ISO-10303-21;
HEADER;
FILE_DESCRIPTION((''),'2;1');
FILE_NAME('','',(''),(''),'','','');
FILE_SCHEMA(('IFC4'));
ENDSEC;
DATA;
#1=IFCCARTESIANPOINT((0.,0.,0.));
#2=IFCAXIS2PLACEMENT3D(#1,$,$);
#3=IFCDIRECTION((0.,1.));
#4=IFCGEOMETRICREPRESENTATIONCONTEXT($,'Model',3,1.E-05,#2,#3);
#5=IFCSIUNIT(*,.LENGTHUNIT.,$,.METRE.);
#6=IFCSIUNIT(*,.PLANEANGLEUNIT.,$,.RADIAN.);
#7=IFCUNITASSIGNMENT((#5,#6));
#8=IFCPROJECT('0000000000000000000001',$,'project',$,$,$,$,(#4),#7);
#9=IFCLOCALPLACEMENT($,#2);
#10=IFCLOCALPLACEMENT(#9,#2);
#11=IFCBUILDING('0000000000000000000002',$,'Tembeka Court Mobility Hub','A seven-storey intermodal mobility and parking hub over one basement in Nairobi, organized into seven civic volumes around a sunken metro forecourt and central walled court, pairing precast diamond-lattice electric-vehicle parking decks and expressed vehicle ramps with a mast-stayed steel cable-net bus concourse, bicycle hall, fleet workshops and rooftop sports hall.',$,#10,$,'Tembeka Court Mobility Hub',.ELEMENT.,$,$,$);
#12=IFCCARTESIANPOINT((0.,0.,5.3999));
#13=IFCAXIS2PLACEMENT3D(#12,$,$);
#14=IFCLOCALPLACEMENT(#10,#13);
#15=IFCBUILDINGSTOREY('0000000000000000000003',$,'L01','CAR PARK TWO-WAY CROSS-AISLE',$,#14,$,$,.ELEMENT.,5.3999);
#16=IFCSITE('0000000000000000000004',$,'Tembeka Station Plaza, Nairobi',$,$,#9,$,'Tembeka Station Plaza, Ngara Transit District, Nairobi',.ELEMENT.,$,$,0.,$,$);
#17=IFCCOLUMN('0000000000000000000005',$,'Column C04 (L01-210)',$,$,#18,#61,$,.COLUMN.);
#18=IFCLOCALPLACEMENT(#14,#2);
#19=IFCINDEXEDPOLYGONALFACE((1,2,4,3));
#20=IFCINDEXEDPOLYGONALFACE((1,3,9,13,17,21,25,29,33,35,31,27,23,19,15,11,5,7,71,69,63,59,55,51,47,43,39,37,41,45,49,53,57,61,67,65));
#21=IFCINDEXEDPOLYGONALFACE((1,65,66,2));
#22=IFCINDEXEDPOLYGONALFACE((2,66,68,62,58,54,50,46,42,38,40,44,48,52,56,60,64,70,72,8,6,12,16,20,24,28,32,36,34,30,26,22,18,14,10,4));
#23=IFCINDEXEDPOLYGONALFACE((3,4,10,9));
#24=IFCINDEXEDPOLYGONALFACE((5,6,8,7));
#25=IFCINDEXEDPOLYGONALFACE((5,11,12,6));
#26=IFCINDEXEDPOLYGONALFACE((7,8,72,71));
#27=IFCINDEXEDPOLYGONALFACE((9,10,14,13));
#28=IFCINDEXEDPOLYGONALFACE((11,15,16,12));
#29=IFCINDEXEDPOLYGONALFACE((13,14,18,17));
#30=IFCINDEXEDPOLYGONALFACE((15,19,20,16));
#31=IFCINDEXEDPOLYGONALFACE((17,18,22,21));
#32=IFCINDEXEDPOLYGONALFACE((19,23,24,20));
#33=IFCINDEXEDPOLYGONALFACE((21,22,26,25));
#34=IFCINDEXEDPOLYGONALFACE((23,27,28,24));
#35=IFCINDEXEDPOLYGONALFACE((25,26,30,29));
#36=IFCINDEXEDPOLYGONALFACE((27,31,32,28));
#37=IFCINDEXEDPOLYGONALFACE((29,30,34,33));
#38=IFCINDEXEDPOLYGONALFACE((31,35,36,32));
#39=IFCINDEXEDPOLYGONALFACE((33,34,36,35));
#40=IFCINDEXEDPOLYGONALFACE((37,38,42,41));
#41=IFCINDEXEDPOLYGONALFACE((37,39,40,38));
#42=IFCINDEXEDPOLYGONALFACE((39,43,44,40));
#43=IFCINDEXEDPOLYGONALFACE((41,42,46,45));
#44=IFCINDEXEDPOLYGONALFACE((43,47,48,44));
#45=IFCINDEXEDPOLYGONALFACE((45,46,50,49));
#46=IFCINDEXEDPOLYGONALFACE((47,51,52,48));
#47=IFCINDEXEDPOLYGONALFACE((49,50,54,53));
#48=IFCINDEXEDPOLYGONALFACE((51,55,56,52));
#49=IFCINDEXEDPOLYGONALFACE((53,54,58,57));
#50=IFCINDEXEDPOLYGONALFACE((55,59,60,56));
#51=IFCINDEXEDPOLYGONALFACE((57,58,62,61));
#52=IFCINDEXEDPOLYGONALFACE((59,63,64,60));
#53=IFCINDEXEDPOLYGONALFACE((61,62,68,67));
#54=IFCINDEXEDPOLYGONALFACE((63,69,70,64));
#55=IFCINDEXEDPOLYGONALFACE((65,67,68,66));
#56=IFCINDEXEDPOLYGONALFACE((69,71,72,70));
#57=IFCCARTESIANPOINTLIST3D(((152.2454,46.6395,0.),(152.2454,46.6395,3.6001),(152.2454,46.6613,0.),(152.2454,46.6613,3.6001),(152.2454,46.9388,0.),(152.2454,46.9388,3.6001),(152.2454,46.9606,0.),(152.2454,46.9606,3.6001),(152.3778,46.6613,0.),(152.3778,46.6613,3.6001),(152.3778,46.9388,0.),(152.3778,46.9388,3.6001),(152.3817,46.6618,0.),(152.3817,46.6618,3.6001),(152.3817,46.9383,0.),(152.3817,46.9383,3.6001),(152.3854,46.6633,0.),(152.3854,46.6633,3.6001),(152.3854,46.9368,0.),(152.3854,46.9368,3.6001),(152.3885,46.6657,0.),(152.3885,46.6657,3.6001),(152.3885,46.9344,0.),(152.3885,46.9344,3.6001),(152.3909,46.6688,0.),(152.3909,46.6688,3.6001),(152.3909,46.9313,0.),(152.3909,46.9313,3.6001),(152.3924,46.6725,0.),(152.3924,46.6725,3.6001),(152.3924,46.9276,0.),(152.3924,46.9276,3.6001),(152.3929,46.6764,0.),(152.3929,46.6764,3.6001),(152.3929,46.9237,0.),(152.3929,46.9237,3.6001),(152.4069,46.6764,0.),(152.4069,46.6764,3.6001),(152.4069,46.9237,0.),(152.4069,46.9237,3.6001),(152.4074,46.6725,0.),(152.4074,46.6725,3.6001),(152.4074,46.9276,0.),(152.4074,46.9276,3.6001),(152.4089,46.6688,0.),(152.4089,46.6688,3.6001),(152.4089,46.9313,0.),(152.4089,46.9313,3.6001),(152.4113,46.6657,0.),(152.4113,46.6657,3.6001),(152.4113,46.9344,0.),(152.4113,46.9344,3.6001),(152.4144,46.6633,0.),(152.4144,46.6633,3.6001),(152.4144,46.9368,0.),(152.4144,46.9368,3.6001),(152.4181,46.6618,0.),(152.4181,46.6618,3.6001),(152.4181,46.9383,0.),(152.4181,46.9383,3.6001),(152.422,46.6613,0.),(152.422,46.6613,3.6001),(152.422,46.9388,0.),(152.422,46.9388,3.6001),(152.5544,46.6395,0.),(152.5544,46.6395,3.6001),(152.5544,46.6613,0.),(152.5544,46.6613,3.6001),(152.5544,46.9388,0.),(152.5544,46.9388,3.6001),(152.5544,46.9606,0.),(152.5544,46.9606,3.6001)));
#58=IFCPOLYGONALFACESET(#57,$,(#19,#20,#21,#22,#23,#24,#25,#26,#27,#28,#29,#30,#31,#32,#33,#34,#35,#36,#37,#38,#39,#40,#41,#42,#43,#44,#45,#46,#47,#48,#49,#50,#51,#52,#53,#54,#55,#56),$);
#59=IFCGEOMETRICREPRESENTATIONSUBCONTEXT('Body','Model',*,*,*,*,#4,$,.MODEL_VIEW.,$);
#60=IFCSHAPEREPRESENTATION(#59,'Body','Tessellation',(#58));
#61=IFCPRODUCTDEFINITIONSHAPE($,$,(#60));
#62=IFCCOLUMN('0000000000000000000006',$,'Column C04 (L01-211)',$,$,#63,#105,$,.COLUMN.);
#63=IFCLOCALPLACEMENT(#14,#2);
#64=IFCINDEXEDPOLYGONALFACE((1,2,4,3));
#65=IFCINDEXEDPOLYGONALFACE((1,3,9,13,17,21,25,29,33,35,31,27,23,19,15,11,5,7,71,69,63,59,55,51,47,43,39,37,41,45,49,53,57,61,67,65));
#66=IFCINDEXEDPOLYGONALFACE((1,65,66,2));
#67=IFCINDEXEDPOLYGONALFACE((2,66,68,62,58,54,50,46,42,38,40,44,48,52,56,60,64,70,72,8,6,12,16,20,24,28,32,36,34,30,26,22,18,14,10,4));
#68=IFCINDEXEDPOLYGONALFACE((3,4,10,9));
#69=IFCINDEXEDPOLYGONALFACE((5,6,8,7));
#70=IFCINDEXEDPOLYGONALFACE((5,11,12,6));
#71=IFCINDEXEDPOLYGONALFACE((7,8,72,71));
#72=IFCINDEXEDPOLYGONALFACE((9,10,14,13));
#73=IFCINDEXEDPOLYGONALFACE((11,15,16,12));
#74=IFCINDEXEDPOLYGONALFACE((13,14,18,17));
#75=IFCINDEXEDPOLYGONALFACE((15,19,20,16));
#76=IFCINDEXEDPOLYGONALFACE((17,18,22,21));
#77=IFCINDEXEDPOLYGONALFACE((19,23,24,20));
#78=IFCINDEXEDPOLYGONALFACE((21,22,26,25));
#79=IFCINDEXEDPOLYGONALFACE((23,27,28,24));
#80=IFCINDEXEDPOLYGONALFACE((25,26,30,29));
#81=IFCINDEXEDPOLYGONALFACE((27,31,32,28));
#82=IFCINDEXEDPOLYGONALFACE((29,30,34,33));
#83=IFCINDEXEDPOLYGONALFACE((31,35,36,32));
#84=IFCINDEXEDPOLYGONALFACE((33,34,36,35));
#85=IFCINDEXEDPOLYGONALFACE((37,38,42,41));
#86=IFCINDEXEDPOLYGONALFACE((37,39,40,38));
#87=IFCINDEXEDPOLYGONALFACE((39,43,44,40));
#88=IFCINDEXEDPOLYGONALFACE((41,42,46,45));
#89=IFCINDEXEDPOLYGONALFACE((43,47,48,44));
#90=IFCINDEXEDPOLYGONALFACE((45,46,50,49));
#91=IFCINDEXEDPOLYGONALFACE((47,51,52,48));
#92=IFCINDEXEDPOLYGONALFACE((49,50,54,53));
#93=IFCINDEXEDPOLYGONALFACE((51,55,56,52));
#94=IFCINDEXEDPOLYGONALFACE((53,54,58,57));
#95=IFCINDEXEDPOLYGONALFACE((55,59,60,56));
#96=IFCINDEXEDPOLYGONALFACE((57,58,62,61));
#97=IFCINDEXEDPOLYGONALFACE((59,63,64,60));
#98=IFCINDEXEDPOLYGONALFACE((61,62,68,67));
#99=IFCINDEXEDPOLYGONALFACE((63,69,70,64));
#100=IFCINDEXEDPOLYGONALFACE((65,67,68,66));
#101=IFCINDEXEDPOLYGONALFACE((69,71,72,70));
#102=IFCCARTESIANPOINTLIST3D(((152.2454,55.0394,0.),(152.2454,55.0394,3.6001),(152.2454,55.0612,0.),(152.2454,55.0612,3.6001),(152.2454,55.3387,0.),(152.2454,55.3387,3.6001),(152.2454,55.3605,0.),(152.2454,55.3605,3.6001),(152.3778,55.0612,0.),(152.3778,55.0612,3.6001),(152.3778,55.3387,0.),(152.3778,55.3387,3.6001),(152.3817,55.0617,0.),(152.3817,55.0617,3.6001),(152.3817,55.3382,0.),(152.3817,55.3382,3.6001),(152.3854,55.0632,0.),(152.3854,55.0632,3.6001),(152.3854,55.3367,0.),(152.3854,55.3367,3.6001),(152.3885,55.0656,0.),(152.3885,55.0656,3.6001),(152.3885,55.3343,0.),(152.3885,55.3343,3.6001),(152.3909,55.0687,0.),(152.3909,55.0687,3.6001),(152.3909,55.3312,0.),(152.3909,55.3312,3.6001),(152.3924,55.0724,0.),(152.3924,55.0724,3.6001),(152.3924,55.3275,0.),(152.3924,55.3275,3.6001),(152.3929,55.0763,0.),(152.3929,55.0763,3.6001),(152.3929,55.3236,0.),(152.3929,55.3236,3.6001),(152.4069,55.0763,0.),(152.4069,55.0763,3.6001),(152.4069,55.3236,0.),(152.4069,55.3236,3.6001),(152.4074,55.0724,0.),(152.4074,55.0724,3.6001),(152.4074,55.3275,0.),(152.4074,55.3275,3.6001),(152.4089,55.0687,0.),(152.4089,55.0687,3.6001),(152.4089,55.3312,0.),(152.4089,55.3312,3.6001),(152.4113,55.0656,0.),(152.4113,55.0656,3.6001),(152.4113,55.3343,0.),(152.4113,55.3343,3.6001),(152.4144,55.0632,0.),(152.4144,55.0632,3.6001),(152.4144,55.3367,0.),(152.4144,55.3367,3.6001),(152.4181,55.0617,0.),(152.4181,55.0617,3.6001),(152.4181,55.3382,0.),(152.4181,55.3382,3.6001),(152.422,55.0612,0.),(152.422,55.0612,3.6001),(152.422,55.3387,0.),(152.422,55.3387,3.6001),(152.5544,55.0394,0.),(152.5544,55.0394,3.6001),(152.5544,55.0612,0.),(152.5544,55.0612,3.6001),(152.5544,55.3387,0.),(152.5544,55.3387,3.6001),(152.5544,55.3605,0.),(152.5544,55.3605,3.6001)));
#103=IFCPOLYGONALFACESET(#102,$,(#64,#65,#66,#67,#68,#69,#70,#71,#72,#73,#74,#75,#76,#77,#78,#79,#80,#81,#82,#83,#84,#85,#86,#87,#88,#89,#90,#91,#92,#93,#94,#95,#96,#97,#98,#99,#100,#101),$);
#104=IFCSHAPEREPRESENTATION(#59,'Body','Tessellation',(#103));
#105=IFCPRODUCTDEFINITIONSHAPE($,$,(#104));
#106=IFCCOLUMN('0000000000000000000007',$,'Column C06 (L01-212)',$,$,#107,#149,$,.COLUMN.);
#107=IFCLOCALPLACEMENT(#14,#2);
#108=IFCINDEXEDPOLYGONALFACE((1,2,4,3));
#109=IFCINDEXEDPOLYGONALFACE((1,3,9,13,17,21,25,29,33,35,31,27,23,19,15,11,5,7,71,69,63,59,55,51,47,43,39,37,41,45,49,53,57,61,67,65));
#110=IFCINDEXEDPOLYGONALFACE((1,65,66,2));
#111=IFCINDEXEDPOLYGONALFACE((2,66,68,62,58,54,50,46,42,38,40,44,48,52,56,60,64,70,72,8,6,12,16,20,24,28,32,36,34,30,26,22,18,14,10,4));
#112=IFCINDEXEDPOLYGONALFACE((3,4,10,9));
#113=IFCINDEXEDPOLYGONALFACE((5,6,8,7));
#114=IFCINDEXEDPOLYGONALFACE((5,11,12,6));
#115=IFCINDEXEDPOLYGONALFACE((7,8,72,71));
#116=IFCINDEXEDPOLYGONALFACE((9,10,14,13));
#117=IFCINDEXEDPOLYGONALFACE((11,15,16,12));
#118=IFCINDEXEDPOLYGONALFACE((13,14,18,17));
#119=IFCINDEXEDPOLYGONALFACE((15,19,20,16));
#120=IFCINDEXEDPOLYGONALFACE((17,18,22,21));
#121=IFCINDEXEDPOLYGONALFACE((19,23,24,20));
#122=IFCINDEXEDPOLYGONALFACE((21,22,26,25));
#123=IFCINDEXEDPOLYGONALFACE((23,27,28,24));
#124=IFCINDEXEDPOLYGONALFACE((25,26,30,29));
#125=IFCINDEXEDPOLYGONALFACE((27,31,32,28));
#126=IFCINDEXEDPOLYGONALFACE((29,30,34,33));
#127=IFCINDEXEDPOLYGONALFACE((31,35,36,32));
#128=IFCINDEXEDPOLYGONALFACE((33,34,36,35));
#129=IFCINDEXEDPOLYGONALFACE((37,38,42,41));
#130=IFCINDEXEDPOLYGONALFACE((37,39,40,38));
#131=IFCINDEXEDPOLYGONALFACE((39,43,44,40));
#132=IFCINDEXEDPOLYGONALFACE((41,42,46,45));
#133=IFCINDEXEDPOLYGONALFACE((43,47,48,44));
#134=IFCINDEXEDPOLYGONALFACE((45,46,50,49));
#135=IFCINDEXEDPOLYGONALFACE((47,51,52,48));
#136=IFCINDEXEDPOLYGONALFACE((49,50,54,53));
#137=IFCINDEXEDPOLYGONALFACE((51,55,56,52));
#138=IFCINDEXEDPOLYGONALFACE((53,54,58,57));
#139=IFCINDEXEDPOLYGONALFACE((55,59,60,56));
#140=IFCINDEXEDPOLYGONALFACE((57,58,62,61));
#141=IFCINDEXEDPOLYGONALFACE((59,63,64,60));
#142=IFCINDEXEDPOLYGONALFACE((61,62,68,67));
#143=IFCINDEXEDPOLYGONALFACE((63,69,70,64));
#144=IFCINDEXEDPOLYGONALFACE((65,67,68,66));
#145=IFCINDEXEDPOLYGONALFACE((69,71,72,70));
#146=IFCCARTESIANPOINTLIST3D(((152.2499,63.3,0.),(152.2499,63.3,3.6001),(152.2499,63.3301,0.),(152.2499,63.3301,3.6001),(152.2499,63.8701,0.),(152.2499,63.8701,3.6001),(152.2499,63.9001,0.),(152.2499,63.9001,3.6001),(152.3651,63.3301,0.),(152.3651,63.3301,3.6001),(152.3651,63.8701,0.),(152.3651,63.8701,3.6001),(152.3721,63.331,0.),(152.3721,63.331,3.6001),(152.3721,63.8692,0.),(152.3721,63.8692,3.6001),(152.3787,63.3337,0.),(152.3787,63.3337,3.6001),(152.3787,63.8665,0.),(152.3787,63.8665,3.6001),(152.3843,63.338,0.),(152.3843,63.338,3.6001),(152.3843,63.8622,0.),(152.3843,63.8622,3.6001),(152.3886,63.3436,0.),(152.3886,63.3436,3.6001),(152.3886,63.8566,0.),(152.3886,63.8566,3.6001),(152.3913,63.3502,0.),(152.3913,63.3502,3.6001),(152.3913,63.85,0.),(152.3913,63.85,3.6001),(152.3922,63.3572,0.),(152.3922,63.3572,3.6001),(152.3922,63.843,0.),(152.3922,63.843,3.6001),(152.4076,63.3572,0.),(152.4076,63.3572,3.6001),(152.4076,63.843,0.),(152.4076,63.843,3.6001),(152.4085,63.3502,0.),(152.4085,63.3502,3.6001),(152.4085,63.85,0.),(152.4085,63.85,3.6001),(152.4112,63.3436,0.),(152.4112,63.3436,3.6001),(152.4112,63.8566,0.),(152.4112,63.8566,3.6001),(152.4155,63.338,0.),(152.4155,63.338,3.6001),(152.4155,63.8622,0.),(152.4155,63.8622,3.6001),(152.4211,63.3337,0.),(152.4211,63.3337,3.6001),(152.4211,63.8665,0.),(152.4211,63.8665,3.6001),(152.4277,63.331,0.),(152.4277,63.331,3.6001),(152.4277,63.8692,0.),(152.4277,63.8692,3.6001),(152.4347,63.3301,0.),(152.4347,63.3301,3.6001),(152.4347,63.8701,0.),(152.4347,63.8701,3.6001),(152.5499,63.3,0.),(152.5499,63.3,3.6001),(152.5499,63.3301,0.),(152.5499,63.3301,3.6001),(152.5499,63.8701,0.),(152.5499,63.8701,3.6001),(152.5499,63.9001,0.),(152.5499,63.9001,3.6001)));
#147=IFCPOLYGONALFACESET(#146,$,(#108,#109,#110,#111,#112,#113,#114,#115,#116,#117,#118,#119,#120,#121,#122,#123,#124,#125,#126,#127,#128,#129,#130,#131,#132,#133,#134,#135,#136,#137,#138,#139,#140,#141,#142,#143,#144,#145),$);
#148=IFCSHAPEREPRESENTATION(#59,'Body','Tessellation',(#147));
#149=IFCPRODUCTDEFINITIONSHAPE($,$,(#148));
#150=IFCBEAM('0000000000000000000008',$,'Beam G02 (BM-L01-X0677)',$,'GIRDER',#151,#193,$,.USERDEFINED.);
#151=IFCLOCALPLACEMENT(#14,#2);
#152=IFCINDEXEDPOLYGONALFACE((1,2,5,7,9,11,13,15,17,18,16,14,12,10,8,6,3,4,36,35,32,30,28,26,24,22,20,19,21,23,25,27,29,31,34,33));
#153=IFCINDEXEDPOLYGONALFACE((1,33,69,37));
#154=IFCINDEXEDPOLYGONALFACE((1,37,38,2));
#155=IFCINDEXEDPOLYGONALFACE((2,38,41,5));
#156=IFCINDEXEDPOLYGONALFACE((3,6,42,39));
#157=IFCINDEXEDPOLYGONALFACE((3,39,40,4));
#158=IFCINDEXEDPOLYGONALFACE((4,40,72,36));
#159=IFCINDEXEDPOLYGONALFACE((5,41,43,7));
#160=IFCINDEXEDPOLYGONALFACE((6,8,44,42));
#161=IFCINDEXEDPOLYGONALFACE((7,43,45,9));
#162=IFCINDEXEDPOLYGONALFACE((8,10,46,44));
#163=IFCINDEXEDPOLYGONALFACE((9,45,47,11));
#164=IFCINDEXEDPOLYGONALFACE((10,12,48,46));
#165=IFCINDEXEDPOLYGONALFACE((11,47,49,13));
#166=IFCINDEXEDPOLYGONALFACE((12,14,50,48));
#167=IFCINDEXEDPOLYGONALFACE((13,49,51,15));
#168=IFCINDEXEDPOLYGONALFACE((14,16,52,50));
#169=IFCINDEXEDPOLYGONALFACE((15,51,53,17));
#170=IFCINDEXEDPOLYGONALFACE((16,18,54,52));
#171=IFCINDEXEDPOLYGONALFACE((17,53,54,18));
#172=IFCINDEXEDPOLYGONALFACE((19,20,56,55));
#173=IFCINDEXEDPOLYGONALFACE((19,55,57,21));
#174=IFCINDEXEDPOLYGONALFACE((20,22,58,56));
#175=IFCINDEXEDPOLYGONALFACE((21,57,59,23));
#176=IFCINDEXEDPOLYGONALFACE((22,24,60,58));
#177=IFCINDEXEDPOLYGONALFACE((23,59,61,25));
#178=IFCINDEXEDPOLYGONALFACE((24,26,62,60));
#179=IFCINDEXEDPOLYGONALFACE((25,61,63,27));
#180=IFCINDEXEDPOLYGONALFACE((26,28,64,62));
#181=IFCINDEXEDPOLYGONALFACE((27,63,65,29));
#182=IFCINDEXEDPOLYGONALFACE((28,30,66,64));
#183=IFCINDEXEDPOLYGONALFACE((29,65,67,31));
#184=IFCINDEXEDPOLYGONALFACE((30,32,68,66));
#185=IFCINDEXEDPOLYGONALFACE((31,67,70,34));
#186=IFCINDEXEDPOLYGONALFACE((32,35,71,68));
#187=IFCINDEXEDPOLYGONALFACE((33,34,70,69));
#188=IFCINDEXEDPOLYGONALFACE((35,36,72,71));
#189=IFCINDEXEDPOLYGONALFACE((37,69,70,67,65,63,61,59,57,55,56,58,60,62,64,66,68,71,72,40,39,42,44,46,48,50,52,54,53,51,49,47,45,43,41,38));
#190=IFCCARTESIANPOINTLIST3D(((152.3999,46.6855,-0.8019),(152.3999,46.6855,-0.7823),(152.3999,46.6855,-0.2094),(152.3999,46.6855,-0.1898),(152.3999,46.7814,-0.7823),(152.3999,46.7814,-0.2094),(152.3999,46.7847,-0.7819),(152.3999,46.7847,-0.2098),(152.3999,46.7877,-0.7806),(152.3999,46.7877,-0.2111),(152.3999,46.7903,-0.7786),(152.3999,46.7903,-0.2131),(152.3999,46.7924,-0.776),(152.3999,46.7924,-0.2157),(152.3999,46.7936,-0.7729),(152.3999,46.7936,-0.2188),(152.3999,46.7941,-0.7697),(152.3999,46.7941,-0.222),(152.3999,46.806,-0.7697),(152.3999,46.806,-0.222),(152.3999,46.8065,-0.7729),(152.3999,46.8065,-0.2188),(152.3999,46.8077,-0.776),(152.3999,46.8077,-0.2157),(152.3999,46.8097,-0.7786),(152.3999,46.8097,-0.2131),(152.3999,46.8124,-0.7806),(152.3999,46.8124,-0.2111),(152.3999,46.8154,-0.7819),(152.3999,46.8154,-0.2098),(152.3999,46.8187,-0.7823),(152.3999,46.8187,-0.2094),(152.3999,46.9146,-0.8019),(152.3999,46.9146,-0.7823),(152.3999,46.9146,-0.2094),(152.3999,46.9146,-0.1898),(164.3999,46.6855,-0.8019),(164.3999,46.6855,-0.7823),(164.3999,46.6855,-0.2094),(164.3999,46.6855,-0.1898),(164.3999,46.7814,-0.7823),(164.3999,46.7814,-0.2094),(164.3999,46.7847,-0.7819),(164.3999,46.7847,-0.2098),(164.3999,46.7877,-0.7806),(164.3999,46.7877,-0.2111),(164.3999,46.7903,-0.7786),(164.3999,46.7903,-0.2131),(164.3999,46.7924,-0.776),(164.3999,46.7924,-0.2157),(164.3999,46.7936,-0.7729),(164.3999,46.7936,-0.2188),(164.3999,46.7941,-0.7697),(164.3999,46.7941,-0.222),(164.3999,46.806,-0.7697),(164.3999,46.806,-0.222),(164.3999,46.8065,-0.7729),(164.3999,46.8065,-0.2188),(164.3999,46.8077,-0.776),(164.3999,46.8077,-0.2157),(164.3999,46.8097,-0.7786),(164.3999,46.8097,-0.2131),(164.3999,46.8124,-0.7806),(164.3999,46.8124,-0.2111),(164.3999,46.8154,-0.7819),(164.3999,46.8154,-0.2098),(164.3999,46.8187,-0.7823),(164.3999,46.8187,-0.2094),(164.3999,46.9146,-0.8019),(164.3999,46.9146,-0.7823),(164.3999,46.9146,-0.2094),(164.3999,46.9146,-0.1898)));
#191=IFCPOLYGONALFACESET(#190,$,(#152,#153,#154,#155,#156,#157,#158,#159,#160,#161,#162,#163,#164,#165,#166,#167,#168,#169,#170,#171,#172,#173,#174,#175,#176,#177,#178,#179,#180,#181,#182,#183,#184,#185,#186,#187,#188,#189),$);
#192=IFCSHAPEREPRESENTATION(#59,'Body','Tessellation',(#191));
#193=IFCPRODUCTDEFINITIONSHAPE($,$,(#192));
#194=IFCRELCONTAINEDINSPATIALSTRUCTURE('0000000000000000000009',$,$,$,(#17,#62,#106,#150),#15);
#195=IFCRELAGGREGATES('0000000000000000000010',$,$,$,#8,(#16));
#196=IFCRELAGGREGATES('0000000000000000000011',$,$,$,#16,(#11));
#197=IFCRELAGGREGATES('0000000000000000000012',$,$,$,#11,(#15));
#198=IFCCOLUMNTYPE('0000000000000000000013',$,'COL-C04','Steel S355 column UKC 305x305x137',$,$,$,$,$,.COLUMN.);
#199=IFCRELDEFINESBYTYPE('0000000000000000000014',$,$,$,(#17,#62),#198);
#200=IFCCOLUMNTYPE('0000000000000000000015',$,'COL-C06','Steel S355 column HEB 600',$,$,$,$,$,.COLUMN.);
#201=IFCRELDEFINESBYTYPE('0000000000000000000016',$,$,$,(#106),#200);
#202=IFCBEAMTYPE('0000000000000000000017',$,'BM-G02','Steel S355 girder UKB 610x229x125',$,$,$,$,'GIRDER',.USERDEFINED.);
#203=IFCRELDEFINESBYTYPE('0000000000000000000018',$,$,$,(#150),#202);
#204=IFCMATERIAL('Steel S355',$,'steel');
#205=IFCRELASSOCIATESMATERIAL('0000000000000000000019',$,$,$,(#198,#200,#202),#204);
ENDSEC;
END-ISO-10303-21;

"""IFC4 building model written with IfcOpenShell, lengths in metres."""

from ifc_helpers import new_model, si_unit, direction, frame, origin, origin_2d, place, context, subcontext, project, spatial, i_section, extrude, material, material_profile, profile_set, type_object, element, save


model = new_model("IFC4")

# Units and contexts
model_context = context("Model", 3, precision=1e-05, world=origin(), true_north=direction((0.0, 1.0)))
body_context = subcontext(model_context, "Body", "Model", "MODEL_VIEW")
ifc_project = project(units=[si_unit("LENGTHUNIT", "METRE"), si_unit("PLANEANGLEUNIT", "RADIAN")], contexts=[model_context])

# Site, building, storey
site_placement = place(None, origin())
site = spatial("IfcSite", under=ifc_project, at=site_placement, Name="Tembeka Station Plaza, Nairobi", LongName="Tembeka Station Plaza, Ngara Transit District, Nairobi", CompositionType="ELEMENT", RefElevation=0.0)
building_placement = place(site_placement, origin())
building = spatial("IfcBuilding", under=site, at=building_placement, Name="Tembeka Court Mobility Hub", Description="A seven-storey intermodal mobility and parking hub over one basement in Nairobi, organized into seven civic volumes around a sunken metro forecourt and central walled court, pairing precast diamond-lattice electric-vehicle parking decks and expressed vehicle ramps with a mast-stayed steel cable-net bus concourse, bicycle hall, fleet workshops and rooftop sports hall.", LongName="Tembeka Court Mobility Hub", CompositionType="ELEMENT")
storey_placement = place(building_placement, frame((0.0, 0.0, 5.3999)))
storey = spatial("IfcBuildingStorey", under=building, at=storey_placement, Name="L01", Description="CAR PARK TWO-WAY CROSS-AISLE", CompositionType="ELEMENT", Elevation=5.3999)

# Columns
ifc_material_1 = material(Name="Steel S355", Category="steel")
ifc_material_profile_1 = material_profile(ifc_material_1, i_section(OverallWidth=0.3091, OverallDepth=0.321, WebThickness=0.0139, FlangeThickness=0.0217, FilletRadius=0.0151, at=origin_2d()), Name="UKC 305x305x137")
ifc_profile_set_1 = profile_set([ifc_material_profile_1], Name="Steel S355")
column_type_1 = type_object("IfcColumnType", Name="COL-C04", Description="Steel S355 column UKC 305x305x137", PredefinedType="COLUMN", material=ifc_profile_set_1)
for number, where, z_axis, x_axis, name in (
    (1, (152.3999, 46.8, 0.0), (0.0, 0.0, 1.0), (1.0, 0.0, 0.0), "Column C04 (L01-210)"),
    (2, (152.3999, 55.2, 0.0), (0.0, 0.0, 1.0), (1.0, 0.0, 0.0), "Column C04 (L01-211)"),
):
    element("IfcColumn", number, at=place(storey_placement, frame(where, z_axis=z_axis, x_axis=x_axis)), inside=storey, type_object=column_type_1, Name=name, PredefinedType="COLUMN", context=body_context, shape_type="SweptSolid", body=[
        extrude(i_section(OverallWidth=0.3091, OverallDepth=0.321, WebThickness=0.0139, FlangeThickness=0.0217, FilletRadius=0.0151, at=origin_2d()), origin(), (0.0, 0.0, 1.0), 3.6001),
    ])
ifc_material_profile_2 = material_profile(ifc_material_1, i_section(OverallWidth=0.3, OverallDepth=0.6001, WebThickness=0.0154, FlangeThickness=0.03, FilletRadius=0.0271, at=origin_2d()), Name="HEB 600")
ifc_profile_set_2 = profile_set([ifc_material_profile_2], Name="Steel S355")
column_type_2 = type_object("IfcColumnType", Name="COL-C06", Description="Steel S355 column HEB 600", PredefinedType="COLUMN", material=ifc_profile_set_2)
column_placement = place(storey_placement, frame((152.3999, 63.6001, 0.0), z_axis=(0.0, 0.0, 1.0), x_axis=(1.0, 0.0, 0.0)))
element("IfcColumn", 3, at=column_placement, inside=storey, type_object=column_type_2, Name="Column C06 (L01-212)", PredefinedType="COLUMN", context=body_context, shape_type="SweptSolid", body=[
    extrude(i_section(OverallWidth=0.3, OverallDepth=0.6001, WebThickness=0.0154, FlangeThickness=0.03, FilletRadius=0.0271, at=origin_2d()), origin(), (0.0, 0.0, 1.0), 3.6001),
])

# Beam
ifc_material_profile_3 = material_profile(ifc_material_1, i_section(OverallWidth=0.229, OverallDepth=0.6121, WebThickness=0.012, FlangeThickness=0.0195, FilletRadius=0.0127, at=origin_2d()), Name="UKB 610x229x125")
ifc_profile_set_3 = profile_set([ifc_material_profile_3], Name="Steel S355")
beam_type_1 = type_object("IfcBeamType", Name="BM-G02", Description="Steel S355 girder UKB 610x229x125", ElementType="GIRDER", PredefinedType="USERDEFINED", material=ifc_profile_set_3)
beam_1_placement = place(storey_placement, frame((152.3999, 46.8, -0.4958), z_axis=(1.0, 0.0, 0.0), x_axis=(0.0, 1.0, 0.0)))
element("IfcBeam", 4, at=beam_1_placement, inside=storey, type_object=beam_type_1, Name="Beam G02 (BM-L01-X0677)", ObjectType="GIRDER", PredefinedType="USERDEFINED", context=body_context, shape_type="SweptSolid", body=[
    extrude(i_section(OverallWidth=0.229, OverallDepth=0.6121, WebThickness=0.012, FlangeThickness=0.0195, FilletRadius=0.0127, at=origin_2d()), origin(), (0.0, 0.0, 1.0), 12.0),
])

save(model, "model.ifc")
